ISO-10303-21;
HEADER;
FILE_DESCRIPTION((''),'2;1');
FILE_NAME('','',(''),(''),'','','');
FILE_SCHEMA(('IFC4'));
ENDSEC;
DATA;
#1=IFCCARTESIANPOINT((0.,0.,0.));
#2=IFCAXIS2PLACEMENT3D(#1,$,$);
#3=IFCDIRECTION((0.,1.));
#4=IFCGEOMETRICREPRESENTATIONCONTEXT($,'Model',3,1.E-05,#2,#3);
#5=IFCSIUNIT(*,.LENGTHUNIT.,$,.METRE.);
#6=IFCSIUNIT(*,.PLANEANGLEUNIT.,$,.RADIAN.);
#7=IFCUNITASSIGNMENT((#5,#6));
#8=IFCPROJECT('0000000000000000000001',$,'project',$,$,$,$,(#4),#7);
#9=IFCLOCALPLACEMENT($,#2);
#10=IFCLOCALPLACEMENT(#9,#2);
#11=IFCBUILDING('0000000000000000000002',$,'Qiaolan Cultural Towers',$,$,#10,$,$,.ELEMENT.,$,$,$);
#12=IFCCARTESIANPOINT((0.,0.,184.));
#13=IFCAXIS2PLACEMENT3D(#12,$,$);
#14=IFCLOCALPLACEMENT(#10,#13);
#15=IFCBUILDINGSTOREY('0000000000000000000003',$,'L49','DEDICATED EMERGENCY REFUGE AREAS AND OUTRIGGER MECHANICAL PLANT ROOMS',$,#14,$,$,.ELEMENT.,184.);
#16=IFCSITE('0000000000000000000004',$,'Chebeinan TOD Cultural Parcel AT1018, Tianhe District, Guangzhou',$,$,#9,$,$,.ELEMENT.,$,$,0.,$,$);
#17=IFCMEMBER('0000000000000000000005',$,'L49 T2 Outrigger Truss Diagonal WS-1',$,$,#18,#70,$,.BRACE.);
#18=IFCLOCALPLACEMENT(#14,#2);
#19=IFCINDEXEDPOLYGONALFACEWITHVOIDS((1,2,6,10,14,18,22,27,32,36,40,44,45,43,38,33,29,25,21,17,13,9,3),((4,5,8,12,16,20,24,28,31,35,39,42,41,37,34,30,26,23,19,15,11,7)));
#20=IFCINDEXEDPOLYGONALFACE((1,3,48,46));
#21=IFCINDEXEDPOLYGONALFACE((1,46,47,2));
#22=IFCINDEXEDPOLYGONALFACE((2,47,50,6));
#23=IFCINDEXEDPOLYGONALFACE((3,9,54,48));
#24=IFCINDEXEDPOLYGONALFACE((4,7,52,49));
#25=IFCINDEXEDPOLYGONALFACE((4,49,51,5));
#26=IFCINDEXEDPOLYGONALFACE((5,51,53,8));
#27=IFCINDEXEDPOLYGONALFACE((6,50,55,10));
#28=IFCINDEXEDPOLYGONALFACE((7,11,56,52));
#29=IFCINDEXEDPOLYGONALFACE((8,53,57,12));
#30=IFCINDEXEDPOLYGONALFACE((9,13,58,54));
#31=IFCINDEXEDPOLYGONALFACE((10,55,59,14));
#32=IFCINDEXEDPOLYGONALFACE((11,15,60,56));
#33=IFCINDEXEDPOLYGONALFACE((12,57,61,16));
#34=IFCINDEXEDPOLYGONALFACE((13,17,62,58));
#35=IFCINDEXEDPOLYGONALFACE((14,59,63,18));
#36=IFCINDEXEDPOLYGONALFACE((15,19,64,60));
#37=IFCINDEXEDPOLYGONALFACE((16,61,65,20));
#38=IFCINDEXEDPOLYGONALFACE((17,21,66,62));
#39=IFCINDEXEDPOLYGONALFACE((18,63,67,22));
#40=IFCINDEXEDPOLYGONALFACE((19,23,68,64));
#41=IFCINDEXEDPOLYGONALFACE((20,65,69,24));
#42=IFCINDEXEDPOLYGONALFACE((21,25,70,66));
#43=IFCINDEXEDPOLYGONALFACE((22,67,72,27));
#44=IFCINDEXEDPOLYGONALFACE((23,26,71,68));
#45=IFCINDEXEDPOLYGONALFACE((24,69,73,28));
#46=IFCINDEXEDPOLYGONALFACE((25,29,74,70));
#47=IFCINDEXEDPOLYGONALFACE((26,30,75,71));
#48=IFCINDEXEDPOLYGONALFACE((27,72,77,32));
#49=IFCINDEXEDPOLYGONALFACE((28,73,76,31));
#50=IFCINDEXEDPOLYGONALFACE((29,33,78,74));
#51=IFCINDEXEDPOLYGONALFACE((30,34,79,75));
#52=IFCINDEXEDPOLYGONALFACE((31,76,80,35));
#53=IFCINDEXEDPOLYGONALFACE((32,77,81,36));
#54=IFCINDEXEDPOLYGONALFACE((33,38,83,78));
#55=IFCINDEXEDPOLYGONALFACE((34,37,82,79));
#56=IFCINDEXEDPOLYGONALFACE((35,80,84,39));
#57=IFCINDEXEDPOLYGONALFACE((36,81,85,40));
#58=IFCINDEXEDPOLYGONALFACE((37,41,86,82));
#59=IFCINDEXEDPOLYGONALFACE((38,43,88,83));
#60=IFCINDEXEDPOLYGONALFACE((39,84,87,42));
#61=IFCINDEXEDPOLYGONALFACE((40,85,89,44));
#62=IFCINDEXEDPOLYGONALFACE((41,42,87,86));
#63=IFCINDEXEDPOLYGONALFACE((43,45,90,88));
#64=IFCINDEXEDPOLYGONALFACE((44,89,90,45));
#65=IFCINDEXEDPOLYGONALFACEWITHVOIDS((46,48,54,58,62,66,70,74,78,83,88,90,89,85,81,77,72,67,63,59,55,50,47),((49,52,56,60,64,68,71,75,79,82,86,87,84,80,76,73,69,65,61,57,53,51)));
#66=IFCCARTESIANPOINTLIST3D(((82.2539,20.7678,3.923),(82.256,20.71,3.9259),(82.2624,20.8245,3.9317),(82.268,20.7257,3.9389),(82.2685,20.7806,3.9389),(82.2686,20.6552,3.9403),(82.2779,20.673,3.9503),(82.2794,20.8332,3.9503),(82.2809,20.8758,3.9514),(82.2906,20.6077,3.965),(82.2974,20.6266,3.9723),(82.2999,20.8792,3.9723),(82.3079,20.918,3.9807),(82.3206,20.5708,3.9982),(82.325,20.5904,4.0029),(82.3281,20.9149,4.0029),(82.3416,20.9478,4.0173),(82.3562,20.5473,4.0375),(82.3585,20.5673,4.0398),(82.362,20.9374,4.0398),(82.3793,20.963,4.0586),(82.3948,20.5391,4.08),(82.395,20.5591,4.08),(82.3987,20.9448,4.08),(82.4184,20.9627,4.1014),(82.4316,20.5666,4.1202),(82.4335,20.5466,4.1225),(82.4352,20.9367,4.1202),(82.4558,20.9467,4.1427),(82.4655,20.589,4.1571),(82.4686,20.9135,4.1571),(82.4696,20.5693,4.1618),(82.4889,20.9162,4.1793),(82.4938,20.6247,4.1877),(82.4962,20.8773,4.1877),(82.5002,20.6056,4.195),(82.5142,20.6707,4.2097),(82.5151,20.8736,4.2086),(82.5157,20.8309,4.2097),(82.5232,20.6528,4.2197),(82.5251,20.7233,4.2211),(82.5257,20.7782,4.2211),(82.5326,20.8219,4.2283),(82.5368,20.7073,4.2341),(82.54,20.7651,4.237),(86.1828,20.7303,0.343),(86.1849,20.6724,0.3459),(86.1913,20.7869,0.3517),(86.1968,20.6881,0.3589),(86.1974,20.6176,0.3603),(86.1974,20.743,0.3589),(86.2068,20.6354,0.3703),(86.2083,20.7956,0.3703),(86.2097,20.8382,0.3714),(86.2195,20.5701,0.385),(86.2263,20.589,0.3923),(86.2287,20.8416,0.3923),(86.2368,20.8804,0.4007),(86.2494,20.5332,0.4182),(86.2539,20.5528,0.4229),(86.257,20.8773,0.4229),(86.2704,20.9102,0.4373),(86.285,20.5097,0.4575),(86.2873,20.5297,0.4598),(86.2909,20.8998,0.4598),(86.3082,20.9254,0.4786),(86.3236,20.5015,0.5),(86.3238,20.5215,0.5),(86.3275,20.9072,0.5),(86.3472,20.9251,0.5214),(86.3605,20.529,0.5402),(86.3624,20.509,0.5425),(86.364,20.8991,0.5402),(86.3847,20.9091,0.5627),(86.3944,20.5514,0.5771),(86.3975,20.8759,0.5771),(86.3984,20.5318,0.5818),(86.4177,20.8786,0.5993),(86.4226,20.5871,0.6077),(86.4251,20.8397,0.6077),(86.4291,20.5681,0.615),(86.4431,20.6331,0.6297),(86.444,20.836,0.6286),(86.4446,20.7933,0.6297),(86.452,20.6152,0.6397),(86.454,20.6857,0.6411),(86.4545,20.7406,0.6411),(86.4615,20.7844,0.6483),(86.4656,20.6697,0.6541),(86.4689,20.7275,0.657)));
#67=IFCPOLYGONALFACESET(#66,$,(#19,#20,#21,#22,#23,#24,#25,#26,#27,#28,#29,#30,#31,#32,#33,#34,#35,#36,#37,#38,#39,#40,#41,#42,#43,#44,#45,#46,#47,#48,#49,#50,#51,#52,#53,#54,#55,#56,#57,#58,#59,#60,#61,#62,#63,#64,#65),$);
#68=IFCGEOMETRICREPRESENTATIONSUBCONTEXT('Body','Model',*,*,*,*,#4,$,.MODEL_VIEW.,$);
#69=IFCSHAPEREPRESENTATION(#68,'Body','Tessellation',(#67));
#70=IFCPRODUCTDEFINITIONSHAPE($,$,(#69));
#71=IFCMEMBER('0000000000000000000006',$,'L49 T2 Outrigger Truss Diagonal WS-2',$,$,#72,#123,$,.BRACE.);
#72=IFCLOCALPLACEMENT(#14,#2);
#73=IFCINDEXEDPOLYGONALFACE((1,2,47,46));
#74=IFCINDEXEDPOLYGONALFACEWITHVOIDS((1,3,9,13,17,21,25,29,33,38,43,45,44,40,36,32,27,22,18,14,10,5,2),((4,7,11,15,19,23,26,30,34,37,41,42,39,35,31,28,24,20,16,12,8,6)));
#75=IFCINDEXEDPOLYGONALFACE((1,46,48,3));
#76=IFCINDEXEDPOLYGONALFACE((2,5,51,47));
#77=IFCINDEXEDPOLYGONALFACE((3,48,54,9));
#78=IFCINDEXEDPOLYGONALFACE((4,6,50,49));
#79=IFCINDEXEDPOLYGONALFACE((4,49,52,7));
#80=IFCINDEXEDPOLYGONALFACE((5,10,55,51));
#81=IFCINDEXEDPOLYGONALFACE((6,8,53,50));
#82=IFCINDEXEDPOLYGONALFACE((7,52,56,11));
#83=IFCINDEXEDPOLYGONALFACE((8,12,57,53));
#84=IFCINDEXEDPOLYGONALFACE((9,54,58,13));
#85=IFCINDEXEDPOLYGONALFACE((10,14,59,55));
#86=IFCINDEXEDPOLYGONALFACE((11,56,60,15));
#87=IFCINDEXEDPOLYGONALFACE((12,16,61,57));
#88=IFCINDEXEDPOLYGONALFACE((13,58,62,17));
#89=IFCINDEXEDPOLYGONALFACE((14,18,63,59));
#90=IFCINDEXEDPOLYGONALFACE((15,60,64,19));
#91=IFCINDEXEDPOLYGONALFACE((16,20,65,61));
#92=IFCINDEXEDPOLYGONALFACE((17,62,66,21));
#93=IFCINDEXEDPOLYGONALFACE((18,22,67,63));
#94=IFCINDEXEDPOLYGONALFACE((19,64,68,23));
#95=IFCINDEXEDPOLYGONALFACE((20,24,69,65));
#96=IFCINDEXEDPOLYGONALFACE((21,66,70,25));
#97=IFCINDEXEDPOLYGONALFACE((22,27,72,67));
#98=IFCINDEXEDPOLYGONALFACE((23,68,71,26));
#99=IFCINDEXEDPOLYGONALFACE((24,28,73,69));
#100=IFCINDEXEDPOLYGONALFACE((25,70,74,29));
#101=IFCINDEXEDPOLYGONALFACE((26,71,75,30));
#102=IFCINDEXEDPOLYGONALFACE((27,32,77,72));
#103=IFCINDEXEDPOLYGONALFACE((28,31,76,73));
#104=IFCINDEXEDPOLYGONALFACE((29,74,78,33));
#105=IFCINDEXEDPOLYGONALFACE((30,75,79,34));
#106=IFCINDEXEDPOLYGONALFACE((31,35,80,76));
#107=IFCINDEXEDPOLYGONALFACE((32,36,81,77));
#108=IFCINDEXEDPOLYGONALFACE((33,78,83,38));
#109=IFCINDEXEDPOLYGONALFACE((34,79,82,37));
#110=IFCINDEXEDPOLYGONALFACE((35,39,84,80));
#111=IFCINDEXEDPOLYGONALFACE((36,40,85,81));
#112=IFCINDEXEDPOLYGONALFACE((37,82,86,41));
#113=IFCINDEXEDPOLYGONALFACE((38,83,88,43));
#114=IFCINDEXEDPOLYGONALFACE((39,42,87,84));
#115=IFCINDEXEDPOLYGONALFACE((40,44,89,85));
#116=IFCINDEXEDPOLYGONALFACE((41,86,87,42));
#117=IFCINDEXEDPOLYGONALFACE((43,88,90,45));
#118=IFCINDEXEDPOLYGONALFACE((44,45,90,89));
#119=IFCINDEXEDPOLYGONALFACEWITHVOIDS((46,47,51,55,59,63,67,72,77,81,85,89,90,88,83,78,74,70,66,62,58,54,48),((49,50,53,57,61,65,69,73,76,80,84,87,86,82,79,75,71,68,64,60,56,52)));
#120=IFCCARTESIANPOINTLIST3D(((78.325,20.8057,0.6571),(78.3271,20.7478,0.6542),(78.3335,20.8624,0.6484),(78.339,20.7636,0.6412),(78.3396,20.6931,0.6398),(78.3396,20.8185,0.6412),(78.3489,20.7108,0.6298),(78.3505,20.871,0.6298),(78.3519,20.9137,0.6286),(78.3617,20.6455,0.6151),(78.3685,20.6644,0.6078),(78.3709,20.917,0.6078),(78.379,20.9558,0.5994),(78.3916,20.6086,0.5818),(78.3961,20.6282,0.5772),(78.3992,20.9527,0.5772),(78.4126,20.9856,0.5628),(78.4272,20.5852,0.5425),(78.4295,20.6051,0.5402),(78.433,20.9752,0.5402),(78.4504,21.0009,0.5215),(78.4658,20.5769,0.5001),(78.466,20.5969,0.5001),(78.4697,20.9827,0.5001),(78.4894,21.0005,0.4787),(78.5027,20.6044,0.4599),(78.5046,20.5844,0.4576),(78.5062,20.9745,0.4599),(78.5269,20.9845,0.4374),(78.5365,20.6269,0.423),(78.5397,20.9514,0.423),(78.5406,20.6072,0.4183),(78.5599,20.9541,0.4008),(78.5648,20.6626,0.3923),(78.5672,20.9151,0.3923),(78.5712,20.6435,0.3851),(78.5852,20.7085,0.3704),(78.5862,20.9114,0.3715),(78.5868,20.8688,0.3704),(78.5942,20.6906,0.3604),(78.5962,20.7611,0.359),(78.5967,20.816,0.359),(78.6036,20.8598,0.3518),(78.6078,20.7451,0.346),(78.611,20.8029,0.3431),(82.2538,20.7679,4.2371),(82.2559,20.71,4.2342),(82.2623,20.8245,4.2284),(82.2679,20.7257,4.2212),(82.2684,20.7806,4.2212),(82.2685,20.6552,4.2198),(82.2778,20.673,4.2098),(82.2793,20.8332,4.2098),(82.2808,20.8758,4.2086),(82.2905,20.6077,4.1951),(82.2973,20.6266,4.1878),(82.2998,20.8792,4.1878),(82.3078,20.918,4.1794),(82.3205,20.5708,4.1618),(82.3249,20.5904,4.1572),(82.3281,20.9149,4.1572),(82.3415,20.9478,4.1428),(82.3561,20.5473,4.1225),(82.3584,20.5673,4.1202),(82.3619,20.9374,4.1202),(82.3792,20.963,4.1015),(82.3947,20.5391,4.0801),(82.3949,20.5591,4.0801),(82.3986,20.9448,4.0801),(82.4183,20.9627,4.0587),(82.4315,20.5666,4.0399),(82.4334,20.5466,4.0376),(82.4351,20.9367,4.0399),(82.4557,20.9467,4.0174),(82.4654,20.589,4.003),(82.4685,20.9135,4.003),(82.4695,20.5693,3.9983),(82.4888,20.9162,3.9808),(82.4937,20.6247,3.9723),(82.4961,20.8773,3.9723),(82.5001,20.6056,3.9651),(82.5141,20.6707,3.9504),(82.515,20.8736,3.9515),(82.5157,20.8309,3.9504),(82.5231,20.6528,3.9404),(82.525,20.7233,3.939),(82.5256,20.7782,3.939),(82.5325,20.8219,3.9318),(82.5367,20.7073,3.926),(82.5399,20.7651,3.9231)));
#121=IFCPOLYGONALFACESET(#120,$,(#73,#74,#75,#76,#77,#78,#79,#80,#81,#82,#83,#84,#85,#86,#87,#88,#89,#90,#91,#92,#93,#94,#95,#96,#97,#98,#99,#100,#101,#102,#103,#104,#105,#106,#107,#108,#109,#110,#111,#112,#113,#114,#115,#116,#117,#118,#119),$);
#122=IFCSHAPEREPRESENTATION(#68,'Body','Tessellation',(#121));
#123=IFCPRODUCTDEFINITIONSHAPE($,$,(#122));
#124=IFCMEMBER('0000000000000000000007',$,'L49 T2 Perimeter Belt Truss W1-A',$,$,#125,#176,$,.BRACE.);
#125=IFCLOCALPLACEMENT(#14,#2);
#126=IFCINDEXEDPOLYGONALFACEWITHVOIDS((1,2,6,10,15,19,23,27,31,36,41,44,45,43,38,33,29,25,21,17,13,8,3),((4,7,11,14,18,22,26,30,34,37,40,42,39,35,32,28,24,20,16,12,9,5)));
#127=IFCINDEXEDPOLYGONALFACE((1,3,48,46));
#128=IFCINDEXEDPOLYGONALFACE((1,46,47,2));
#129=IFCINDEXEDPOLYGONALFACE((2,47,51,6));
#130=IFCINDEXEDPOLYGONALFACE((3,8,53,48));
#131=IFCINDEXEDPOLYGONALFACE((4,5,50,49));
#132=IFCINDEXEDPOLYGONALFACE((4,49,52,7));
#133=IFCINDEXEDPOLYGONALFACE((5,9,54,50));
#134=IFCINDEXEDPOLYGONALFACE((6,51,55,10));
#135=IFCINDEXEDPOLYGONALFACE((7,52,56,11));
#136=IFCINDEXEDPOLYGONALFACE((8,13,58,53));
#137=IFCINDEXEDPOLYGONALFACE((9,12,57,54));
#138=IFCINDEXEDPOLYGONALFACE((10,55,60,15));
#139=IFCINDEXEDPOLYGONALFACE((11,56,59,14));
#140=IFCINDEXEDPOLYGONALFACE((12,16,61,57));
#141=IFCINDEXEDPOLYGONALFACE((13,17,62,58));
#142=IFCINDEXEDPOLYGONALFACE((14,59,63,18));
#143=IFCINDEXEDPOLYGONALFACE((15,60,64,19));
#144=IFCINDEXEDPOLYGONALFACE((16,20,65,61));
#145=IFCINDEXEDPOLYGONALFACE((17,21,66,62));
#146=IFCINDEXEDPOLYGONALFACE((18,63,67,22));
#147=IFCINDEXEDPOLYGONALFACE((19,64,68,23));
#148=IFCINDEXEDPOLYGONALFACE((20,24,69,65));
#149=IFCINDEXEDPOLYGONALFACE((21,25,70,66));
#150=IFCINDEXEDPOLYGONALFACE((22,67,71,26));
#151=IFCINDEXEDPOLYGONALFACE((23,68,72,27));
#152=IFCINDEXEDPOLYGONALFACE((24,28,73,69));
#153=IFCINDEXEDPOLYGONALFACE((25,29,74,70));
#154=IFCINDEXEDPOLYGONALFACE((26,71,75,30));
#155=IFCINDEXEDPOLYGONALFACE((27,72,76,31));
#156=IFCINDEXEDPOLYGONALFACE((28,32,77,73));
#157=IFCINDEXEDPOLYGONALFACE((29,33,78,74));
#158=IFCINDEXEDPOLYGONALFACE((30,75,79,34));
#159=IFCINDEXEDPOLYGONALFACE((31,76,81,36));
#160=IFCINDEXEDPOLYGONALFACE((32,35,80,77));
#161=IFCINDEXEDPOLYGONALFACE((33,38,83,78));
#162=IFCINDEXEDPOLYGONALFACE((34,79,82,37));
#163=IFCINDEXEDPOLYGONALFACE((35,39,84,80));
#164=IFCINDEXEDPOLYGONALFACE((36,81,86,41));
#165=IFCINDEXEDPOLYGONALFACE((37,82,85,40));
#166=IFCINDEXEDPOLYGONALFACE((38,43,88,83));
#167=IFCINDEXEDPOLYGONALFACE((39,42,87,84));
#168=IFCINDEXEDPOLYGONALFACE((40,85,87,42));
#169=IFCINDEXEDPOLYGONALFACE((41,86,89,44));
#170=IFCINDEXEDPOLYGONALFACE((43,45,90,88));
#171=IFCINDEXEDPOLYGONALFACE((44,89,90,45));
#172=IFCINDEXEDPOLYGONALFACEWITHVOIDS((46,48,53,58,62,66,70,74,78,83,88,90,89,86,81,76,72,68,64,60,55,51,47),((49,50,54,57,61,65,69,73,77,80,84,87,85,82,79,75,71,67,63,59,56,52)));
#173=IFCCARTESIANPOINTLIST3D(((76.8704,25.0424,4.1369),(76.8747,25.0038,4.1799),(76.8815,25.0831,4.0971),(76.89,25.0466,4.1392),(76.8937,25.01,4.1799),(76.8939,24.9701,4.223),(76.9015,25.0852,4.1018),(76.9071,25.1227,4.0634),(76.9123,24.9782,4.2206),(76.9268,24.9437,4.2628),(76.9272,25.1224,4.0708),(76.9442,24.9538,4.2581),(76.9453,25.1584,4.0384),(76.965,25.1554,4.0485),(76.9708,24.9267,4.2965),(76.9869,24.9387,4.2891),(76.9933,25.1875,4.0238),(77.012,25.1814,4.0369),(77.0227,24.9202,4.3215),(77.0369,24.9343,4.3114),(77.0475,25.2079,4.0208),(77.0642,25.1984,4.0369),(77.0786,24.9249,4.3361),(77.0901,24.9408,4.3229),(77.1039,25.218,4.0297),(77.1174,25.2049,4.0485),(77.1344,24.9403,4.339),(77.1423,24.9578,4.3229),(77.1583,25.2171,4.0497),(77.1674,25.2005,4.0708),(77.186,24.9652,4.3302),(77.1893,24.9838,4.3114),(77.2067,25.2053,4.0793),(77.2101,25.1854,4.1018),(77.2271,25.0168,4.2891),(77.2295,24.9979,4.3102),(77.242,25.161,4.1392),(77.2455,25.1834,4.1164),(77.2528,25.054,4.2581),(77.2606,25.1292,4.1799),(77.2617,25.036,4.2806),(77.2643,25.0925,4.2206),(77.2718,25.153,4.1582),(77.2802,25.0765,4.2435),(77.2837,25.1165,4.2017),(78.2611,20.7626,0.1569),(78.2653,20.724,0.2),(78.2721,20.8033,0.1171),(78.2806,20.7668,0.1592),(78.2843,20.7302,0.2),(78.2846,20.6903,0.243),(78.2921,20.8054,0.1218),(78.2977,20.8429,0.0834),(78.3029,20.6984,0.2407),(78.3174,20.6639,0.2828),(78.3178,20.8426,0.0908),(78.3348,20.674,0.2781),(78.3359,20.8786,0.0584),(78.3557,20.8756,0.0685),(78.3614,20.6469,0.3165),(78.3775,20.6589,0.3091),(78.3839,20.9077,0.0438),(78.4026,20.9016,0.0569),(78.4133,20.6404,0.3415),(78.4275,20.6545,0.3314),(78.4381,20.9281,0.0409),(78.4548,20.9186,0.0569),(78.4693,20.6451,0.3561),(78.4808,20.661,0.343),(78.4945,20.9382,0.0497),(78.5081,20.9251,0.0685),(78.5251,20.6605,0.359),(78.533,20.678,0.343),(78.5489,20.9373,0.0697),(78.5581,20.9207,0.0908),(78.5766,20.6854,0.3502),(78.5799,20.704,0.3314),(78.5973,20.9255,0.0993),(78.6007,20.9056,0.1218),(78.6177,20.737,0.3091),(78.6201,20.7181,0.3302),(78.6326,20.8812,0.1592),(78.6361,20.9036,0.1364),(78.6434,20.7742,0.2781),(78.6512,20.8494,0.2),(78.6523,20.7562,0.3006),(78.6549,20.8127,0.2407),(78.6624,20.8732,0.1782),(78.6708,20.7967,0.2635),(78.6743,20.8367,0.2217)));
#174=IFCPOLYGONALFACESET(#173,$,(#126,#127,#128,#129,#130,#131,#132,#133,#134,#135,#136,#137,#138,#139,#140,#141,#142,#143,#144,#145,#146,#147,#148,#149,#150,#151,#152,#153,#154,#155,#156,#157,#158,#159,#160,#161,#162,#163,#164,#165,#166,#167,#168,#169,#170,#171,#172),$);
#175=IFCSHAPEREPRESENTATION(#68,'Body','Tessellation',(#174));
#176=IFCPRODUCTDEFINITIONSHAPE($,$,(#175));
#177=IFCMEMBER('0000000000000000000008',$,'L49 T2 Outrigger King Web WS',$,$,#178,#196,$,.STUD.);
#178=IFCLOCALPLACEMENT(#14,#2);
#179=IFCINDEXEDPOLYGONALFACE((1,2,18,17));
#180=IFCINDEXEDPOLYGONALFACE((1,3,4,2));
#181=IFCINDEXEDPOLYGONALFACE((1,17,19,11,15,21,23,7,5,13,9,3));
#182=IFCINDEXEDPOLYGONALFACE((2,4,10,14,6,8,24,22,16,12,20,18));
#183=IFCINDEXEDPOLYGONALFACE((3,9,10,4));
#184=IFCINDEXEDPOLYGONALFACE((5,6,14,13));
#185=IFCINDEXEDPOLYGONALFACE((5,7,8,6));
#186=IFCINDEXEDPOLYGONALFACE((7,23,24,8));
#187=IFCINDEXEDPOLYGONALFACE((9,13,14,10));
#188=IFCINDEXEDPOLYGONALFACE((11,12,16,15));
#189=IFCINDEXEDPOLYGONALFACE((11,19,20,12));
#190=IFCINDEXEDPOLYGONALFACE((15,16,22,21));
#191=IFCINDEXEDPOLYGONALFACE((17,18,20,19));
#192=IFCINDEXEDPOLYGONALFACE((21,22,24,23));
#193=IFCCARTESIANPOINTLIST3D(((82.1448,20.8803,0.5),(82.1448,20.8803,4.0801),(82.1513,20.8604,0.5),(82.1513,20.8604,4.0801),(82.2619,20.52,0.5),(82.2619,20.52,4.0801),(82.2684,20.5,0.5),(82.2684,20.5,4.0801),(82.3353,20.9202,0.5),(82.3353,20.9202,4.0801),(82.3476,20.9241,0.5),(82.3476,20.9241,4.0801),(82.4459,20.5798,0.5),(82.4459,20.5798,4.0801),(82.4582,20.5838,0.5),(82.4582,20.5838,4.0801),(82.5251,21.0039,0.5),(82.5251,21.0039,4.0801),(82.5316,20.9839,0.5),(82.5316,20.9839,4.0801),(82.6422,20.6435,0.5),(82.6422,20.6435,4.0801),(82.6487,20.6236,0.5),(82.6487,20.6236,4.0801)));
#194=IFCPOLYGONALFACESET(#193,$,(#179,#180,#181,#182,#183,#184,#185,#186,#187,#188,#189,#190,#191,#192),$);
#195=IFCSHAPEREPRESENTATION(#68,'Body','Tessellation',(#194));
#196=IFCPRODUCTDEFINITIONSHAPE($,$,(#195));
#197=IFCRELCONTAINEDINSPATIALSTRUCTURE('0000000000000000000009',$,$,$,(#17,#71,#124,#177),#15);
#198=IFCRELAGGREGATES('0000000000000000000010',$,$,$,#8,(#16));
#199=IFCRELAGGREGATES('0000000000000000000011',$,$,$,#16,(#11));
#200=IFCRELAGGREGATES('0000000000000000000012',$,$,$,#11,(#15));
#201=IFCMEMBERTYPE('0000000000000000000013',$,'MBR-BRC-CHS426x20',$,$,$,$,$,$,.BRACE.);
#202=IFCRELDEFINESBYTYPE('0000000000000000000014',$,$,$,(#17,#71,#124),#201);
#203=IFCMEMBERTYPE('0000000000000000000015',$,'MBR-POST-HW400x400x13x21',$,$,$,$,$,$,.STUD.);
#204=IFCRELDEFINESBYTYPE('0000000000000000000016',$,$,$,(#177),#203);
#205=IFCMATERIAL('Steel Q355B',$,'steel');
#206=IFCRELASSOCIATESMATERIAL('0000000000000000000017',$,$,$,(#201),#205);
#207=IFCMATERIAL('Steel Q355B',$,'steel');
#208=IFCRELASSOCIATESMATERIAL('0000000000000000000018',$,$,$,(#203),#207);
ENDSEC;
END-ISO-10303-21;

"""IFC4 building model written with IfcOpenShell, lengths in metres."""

from ifc_helpers import new_model, si_unit, direction, frame, origin, origin_2d, place, context, subcontext, project, spatial, hollow_circle, i_section, extrude, material, material_profile, profile_set, type_object, element, save


model = new_model("IFC4")

# Units and contexts
model_context = context("Model", 3, precision=1e-05, world=origin(), true_north=direction((0.0, 1.0)))
body_context = subcontext(model_context, "Body", "Model", "MODEL_VIEW")
ifc_project = project(units=[si_unit("LENGTHUNIT", "METRE"), si_unit("PLANEANGLEUNIT", "RADIAN")], contexts=[model_context])

# Site, building, storey
site_placement = place(None, origin())
site = spatial("IfcSite", under=ifc_project, at=site_placement, Name="Chebeinan TOD Cultural Parcel AT1018, Tianhe District, Guangzhou", CompositionType="ELEMENT", RefElevation=0.0)
building_placement = place(site_placement, origin())
building = spatial("IfcBuilding", under=site, at=building_placement, Name="Qiaolan Cultural Towers", CompositionType="ELEMENT")
storey_placement = place(building_placement, frame((0.0, 0.0, 184.0)))
storey = spatial("IfcBuildingStorey", under=building, at=storey_placement, Name="L49", Description="DEDICATED EMERGENCY REFUGE AREAS AND OUTRIGGER MECHANICAL PLANT ROOMS", CompositionType="ELEMENT", Elevation=184.0)

# Members
ifc_material_1 = material(Name="Steel Q355B", Category="steel")
ifc_material_profile_1 = material_profile(ifc_material_1, hollow_circle(Radius=0.2129, WallThickness=0.02, at=origin_2d()), Name="CHS426x20")
ifc_profile_set_1 = profile_set([ifc_material_profile_1], Name="Steel Q355B")
member_type_1 = type_object("IfcMemberType", Name="MBR-BRC-CHS426x20", PredefinedType="BRACE", material=ifc_profile_set_1)
for number, where, z_axis, x_axis, name in (
    (1, (86.3257, 20.7144, 0.5), (-0.739144, 0.007073, 0.673511), (-0.009569, -0.999954, 0.0), "L49 T2 Outrigger Truss Diagonal WS-1"),
    (2, (82.3967, 20.752, 4.0801), (-0.739144, 0.007119, -0.67351), (-0.009631, -0.999954, 0.0), "L49 T2 Outrigger Truss Diagonal WS-2"),
):
    element("IfcMember", number, at=place(storey_placement, frame(where, z_axis=z_axis, x_axis=x_axis)), inside=storey, type_object=member_type_1, Name=name, PredefinedType="BRACE", context=body_context, shape_type="SweptSolid", body=[
        extrude(hollow_circle(Radius=0.2129, WallThickness=0.02, at=origin_2d()), origin(), (0.0, 0.0, 1.0), 5.3154),
    ])
member_1_placement = place(storey_placement, frame((78.4678, 20.7898, 0.2), z_axis=(-0.23148, 0.712401, 0.662497), x_axis=(-0.951054, -0.309025, 0.0)))
element("IfcMember", 3, at=member_1_placement, inside=storey, type_object=member_type_1, Name="L49 T2 Perimeter Belt Truss W1-A", PredefinedType="BRACE", context=body_context, shape_type="SweptSolid", body=[
    extrude(hollow_circle(Radius=0.2129, WallThickness=0.02, at=origin_2d()), origin(), (0.0, 0.0, 1.0), 6.0076),
])
ifc_material_2 = material(Name="Steel Q355B", Category="steel")
ifc_material_profile_2 = material_profile(ifc_material_2, i_section(OverallWidth=0.3999, OverallDepth=0.3999, WebThickness=0.0129, FlangeThickness=0.021, at=origin_2d()), Name="HW400x400x13x21")
ifc_profile_set_2 = profile_set([ifc_material_profile_2], Name="Steel Q355B")
member_type_2 = type_object("IfcMemberType", Name="MBR-POST-HW400x400x13x21", PredefinedType="STUD", material=ifc_profile_set_2)
member_2_placement = place(storey_placement, frame((82.3967, 20.752, 0.5), z_axis=(0.0, 0.0, 1.0), x_axis=(0.951057, 0.309017, 0.0)))
element("IfcMember", 4, at=member_2_placement, inside=storey, type_object=member_type_2, Name="L49 T2 Outrigger King Web WS", PredefinedType="STUD", context=body_context, shape_type="SweptSolid", body=[
    extrude(i_section(OverallWidth=0.3999, OverallDepth=0.3999, WebThickness=0.0129, FlangeThickness=0.021, at=origin_2d()), origin(), (0.0, 0.0, 1.0), 3.5801),
])

save(model, "model.ifc")
